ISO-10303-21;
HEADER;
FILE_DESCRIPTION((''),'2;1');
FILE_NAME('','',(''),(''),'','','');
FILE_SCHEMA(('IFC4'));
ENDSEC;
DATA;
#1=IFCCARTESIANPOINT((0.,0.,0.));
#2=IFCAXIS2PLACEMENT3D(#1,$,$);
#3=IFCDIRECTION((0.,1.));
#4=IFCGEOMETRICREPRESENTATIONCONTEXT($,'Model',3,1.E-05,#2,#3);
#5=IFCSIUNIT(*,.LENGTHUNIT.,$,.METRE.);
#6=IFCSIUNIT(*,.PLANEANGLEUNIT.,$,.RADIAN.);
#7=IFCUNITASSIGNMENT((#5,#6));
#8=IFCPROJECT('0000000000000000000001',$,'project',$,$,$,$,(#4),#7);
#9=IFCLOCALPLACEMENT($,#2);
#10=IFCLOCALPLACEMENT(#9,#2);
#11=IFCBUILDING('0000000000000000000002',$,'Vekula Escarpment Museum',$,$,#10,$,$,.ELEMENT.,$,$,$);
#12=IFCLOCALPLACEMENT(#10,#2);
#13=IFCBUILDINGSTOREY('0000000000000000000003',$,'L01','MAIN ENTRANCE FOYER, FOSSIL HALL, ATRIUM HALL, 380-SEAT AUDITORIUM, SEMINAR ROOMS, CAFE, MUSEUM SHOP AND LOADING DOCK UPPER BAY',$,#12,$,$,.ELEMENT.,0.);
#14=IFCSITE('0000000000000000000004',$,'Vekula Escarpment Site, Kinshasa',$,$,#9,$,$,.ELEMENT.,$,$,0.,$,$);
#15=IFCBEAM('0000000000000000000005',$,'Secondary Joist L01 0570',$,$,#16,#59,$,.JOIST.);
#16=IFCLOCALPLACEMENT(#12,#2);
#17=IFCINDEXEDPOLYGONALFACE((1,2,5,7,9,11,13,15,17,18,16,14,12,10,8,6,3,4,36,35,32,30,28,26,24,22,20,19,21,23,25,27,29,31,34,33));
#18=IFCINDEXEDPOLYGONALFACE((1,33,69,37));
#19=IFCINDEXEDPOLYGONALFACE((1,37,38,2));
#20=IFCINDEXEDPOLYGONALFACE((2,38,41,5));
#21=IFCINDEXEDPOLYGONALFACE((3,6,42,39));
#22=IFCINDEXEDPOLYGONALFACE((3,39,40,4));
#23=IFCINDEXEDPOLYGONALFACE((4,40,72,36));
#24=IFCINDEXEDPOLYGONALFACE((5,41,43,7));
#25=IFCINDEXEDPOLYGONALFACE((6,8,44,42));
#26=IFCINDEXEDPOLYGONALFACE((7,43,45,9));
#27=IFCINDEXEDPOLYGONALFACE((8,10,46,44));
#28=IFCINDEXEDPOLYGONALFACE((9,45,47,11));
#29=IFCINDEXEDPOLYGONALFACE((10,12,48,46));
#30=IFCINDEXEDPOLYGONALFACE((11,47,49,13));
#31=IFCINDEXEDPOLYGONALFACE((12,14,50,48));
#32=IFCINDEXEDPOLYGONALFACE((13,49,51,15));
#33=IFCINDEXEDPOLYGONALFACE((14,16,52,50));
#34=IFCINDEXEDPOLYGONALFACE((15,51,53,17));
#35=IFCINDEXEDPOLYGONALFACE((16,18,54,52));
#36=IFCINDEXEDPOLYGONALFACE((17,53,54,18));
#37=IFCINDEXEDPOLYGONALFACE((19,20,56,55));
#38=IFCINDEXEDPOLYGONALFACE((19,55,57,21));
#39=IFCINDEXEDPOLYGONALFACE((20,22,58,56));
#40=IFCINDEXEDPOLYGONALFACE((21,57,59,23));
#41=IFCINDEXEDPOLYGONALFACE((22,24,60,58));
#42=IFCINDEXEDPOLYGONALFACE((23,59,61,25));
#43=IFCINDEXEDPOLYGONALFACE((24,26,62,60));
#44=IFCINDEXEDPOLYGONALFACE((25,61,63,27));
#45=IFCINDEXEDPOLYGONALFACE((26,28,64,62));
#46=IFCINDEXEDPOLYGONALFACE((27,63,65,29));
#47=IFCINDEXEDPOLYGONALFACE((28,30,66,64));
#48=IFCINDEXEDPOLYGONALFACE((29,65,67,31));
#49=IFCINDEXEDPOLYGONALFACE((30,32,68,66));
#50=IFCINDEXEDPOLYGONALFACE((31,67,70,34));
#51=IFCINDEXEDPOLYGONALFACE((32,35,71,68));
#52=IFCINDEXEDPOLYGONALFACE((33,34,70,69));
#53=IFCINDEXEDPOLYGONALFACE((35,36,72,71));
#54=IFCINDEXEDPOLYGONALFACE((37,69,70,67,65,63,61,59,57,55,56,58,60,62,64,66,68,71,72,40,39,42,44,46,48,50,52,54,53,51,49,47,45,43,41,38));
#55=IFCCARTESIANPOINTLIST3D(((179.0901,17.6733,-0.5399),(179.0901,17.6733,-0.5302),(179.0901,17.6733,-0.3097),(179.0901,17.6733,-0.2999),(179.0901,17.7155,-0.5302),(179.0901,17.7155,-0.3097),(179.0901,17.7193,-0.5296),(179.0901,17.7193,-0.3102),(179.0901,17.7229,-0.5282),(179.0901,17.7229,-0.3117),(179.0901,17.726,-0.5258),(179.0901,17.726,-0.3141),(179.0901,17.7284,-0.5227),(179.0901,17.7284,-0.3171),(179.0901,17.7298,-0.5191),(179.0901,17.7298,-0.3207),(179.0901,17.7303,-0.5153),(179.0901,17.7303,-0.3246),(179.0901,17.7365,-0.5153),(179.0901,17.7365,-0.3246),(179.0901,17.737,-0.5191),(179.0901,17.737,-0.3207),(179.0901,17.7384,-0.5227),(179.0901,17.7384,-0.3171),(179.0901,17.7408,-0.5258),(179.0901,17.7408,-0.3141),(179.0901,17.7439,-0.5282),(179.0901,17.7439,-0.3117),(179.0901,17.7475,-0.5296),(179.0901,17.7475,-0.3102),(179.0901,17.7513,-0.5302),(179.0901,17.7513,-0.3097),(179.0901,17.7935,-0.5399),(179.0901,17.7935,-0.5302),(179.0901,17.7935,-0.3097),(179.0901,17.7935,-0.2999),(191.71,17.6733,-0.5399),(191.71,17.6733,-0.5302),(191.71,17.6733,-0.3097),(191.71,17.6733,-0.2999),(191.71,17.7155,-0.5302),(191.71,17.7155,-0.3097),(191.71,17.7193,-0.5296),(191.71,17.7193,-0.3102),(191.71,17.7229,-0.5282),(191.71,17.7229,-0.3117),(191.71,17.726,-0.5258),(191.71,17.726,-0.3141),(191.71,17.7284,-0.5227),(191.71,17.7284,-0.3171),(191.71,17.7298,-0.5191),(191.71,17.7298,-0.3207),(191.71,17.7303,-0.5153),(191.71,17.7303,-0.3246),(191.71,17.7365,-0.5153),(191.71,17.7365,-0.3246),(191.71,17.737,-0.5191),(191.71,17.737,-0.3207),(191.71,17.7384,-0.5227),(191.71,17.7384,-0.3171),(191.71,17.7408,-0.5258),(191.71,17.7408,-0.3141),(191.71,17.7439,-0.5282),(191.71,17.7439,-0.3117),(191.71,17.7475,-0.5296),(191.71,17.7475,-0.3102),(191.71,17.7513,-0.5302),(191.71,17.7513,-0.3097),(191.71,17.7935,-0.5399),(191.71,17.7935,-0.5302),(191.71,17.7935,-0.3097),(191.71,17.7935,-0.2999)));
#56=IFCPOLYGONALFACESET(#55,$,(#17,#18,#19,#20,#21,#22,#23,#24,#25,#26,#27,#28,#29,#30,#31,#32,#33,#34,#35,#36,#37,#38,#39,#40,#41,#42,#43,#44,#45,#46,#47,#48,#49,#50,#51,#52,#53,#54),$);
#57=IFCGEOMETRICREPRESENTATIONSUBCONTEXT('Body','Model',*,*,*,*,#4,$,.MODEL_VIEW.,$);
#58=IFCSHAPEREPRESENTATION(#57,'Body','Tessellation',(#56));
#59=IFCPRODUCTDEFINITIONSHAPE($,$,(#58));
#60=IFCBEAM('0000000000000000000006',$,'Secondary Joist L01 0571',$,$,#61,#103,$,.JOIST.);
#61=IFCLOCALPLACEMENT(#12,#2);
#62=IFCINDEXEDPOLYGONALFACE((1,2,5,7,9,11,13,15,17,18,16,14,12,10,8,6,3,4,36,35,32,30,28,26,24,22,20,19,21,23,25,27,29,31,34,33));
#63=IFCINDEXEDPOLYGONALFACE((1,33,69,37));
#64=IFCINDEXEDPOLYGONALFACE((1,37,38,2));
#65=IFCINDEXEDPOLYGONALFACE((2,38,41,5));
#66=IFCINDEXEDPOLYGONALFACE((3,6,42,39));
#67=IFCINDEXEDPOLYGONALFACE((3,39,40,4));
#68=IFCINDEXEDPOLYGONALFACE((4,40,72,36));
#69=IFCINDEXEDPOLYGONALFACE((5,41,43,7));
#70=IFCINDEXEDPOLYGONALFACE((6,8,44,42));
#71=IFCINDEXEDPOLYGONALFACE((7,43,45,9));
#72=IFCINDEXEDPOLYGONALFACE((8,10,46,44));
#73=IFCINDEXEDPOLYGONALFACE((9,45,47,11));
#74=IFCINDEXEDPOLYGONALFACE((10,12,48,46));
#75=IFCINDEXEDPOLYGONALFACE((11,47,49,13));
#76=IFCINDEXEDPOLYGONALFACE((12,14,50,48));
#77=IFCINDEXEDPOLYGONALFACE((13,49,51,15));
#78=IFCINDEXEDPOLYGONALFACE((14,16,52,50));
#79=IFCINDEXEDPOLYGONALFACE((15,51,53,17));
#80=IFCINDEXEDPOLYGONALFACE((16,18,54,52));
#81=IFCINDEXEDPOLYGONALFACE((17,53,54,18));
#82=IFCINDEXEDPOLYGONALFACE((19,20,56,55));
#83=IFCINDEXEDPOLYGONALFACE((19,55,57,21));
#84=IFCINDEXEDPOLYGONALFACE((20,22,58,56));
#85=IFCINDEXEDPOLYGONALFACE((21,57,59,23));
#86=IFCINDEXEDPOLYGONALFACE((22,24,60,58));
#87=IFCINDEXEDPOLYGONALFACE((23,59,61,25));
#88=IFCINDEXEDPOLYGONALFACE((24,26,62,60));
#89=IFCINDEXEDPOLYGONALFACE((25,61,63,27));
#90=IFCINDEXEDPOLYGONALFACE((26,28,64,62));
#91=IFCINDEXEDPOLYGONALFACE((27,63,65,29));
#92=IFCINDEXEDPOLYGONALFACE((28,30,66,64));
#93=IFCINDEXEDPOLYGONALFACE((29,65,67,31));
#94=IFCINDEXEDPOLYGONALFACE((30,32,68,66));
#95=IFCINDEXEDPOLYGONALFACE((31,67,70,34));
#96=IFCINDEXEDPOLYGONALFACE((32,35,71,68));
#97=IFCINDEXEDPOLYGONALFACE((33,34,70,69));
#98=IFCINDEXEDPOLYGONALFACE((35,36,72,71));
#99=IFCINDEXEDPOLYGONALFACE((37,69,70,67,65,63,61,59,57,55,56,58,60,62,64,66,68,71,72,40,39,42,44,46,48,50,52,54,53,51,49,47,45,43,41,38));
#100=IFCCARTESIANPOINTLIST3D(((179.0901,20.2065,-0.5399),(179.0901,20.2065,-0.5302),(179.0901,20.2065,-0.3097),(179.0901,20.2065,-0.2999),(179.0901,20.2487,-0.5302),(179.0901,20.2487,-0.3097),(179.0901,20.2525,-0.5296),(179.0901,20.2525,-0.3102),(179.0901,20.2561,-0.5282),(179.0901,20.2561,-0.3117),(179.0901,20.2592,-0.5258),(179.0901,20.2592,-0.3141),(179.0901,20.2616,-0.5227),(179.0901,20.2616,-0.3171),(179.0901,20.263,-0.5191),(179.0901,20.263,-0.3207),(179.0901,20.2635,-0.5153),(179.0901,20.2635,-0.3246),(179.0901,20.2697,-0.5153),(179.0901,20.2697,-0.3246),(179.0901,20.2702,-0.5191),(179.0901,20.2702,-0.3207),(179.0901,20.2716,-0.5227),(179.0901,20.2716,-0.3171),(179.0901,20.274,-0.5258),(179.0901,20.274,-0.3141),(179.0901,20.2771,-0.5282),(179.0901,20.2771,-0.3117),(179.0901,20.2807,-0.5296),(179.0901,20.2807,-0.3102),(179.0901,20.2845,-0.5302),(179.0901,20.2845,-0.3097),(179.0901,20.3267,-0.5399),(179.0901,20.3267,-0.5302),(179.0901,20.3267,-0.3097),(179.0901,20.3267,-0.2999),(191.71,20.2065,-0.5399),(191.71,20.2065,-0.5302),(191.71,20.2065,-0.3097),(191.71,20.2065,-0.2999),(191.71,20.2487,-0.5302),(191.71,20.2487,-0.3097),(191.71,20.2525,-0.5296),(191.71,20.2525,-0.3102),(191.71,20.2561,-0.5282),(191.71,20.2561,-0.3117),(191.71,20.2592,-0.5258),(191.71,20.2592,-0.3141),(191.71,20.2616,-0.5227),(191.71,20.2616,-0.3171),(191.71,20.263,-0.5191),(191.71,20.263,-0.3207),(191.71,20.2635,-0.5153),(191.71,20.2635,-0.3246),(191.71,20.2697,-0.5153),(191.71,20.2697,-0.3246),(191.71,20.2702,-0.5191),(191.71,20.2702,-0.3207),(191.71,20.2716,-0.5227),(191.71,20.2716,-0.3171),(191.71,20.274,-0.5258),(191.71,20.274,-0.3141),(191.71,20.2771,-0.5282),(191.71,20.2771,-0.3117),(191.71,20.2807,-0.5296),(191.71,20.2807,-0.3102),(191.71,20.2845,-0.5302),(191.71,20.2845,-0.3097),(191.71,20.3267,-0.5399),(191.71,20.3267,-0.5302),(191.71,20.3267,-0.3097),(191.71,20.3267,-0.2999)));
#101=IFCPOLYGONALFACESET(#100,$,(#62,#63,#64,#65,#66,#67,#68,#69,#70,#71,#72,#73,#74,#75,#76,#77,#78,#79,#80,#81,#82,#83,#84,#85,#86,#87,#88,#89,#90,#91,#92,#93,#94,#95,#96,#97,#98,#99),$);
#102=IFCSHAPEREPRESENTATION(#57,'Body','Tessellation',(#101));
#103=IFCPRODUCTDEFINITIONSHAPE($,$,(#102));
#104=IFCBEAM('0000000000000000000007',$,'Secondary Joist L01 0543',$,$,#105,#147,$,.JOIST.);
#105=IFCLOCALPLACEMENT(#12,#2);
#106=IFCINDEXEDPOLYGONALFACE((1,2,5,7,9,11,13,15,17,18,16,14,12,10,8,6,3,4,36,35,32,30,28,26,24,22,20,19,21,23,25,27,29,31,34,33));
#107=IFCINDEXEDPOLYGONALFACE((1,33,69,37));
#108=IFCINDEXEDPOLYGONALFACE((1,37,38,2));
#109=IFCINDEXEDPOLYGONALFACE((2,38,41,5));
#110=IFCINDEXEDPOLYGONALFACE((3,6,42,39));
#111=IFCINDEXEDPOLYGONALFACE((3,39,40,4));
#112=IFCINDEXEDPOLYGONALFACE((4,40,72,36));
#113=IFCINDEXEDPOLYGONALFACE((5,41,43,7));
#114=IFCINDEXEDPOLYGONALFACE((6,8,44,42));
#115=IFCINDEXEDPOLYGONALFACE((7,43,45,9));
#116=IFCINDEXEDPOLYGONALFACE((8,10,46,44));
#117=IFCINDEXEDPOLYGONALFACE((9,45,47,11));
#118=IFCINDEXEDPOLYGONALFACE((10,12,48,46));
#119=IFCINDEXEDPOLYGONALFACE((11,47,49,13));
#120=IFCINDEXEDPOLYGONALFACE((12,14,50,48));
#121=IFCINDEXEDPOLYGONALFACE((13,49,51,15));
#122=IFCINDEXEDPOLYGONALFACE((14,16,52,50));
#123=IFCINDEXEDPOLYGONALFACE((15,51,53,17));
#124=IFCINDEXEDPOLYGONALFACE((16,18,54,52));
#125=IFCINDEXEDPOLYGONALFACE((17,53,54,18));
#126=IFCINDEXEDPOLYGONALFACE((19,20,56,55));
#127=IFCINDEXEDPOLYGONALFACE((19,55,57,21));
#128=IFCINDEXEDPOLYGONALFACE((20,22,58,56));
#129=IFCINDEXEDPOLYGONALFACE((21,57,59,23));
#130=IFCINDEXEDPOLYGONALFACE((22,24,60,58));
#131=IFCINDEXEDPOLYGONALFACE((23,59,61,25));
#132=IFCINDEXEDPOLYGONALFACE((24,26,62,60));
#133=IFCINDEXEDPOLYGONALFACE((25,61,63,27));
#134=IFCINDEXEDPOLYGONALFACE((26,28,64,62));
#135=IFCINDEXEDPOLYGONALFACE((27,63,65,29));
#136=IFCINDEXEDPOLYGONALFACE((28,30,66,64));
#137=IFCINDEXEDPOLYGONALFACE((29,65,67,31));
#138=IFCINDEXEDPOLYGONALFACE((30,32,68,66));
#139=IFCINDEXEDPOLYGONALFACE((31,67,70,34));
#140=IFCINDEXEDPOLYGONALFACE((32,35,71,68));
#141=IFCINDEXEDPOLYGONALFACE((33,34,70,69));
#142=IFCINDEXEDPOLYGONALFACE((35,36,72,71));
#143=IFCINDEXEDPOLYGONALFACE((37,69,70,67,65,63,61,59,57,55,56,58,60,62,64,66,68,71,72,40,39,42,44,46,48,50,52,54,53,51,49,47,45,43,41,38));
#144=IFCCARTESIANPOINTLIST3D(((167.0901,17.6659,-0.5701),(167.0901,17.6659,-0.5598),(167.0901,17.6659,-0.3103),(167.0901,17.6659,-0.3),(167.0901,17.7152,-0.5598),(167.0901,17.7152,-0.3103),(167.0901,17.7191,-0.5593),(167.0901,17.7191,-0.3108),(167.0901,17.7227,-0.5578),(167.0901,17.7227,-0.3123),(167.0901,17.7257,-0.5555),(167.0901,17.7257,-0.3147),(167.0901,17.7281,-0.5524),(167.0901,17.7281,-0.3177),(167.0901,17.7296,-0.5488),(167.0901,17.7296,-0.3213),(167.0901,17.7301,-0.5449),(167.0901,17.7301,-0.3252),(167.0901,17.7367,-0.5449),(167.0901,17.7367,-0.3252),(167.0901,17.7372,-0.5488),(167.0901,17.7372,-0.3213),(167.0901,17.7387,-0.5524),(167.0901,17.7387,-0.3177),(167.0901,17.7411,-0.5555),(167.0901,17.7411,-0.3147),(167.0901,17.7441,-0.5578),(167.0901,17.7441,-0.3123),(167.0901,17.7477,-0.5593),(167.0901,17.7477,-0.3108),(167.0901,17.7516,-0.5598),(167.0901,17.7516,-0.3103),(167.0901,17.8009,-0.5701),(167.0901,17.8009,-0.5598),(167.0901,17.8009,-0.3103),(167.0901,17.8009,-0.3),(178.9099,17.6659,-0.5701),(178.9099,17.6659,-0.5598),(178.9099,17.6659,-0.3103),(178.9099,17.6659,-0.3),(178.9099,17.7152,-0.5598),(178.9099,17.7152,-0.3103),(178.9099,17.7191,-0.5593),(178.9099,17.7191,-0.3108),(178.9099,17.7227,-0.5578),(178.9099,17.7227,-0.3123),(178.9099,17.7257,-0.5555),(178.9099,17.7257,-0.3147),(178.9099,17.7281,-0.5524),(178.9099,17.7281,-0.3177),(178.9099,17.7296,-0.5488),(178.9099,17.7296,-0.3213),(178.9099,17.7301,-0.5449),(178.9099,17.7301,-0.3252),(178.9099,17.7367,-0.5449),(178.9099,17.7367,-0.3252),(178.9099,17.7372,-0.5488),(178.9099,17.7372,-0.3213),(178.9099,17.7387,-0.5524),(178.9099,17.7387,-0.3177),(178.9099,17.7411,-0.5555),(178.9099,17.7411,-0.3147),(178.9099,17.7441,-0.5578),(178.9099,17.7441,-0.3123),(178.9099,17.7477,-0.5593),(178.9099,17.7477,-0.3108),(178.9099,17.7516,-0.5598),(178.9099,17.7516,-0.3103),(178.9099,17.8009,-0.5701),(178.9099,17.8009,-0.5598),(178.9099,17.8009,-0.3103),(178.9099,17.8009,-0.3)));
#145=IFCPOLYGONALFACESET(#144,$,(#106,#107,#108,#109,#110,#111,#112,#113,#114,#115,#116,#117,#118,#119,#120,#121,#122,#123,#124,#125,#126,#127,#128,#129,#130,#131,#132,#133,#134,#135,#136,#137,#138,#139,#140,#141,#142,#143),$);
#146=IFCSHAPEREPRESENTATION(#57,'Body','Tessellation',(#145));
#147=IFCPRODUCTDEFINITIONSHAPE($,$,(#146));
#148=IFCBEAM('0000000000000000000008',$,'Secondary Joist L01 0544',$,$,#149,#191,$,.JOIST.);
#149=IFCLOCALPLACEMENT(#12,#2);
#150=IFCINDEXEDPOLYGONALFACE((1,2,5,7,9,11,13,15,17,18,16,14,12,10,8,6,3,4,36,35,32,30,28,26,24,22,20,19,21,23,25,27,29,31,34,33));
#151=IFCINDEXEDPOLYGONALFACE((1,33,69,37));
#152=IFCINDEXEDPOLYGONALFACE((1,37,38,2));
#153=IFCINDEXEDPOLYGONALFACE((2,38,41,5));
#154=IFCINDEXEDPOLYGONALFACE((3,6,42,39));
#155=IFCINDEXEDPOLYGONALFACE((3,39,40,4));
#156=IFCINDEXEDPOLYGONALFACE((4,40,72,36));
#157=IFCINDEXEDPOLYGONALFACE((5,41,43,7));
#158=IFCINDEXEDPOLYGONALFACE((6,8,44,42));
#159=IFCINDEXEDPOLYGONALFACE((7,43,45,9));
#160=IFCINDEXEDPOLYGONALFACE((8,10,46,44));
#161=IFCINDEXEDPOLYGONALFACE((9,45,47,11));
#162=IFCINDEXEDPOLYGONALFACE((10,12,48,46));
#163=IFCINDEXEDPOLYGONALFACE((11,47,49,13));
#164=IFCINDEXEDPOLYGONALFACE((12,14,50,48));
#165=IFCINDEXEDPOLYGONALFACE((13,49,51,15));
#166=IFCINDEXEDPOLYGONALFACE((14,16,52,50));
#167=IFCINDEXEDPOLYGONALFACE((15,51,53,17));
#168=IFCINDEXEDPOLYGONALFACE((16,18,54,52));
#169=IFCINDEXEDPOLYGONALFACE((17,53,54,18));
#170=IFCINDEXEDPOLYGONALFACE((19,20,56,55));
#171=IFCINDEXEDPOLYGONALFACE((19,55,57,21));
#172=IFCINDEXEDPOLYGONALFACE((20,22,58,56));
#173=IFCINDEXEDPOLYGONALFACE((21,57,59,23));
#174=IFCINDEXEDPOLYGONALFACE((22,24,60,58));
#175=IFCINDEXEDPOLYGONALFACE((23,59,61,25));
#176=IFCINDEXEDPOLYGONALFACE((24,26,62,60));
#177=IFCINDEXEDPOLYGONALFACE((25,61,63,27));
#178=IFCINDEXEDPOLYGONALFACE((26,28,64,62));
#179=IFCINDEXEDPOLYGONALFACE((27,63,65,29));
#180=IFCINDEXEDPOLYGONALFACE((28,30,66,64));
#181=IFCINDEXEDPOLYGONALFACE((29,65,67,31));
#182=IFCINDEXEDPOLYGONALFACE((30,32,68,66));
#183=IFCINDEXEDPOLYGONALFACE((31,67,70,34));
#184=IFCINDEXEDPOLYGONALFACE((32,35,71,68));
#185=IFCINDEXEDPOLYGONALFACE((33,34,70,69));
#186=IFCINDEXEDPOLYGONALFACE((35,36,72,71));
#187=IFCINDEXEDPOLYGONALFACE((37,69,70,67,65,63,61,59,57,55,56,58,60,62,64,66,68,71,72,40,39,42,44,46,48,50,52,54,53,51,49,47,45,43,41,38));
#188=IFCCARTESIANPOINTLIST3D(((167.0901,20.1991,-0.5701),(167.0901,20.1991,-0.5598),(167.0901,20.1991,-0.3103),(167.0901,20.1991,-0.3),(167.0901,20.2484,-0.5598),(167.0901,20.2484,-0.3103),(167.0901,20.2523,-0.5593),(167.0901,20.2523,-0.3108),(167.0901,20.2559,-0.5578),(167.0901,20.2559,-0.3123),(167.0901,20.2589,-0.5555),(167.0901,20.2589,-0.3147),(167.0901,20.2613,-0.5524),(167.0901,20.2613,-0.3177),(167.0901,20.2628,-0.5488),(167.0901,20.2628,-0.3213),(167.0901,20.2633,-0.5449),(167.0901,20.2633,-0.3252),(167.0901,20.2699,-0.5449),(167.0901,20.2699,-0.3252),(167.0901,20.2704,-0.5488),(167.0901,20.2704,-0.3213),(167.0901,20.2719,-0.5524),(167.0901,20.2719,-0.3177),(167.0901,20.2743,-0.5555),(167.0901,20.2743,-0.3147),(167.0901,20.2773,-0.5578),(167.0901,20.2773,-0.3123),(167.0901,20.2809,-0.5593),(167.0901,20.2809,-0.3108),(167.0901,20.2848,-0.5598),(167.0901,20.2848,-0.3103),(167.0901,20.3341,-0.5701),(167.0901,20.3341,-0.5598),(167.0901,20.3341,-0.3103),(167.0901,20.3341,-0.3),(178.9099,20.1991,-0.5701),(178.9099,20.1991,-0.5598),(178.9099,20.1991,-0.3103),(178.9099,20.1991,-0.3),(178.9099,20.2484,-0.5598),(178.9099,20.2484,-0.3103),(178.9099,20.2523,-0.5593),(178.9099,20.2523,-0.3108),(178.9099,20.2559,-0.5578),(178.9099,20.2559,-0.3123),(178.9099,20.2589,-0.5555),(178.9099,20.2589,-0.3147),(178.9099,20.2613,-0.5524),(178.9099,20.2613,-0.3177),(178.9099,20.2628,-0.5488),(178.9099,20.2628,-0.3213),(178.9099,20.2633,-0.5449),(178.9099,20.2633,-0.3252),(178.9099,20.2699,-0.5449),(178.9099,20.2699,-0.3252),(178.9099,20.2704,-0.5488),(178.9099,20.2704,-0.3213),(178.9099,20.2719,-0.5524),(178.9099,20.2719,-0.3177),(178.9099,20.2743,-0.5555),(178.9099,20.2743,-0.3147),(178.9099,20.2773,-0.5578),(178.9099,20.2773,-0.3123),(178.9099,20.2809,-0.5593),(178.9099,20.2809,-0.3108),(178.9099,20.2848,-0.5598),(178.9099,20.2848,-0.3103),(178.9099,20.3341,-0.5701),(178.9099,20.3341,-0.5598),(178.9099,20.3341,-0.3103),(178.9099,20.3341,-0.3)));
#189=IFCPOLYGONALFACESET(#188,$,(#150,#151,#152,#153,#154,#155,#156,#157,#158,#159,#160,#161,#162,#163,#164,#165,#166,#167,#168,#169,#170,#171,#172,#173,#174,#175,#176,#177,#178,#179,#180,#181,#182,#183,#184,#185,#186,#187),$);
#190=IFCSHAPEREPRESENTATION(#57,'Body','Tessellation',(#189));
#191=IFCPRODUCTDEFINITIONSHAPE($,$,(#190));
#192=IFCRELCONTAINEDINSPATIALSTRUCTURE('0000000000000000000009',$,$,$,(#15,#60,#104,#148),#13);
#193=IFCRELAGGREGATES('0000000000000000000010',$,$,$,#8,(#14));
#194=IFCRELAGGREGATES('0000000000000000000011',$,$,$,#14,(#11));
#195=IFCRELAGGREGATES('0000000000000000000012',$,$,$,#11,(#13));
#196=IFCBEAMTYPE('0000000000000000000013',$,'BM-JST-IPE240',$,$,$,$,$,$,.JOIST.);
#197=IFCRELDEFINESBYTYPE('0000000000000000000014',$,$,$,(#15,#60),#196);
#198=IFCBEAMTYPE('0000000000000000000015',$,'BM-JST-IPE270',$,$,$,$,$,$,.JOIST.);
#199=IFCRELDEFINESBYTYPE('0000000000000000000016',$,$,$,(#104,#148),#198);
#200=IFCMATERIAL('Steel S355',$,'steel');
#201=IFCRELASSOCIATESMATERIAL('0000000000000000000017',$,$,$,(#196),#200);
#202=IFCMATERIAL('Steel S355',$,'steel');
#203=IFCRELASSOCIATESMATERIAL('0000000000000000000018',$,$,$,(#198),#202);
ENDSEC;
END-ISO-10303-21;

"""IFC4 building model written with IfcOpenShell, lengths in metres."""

from ifc_helpers import new_model, si_unit, direction, frame, origin, origin_2d, place, context, subcontext, project, spatial, i_section, extrude, material, material_profile, profile_set, type_object, element, save


model = new_model("IFC4")

# Units and contexts
model_context = context("Model", 3, precision=1e-05, world=origin(), true_north=direction((0.0, 1.0)))
body_context = subcontext(model_context, "Body", "Model", "MODEL_VIEW")
ifc_project = project(units=[si_unit("LENGTHUNIT", "METRE"), si_unit("PLANEANGLEUNIT", "RADIAN")], contexts=[model_context])

# Site, building, storey
site_placement = place(None, origin())
site = spatial("IfcSite", under=ifc_project, at=site_placement, Name="Vekula Escarpment Site, Kinshasa", CompositionType="ELEMENT", RefElevation=0.0)
building_placement = place(site_placement, origin())
building = spatial("IfcBuilding", under=site, at=building_placement, Name="Vekula Escarpment Museum", CompositionType="ELEMENT")
storey_placement = place(building_placement, origin())
storey = spatial("IfcBuildingStorey", under=building, at=storey_placement, Name="L01", Description="MAIN ENTRANCE FOYER, FOSSIL HALL, ATRIUM HALL, 380-SEAT AUDITORIUM, SEMINAR ROOMS, CAFE, MUSEUM SHOP AND LOADING DOCK UPPER BAY", CompositionType="ELEMENT", Elevation=0.0)

# Beams
ifc_material_1 = material(Name="Steel S355", Category="steel")
ifc_material_profile_1 = material_profile(ifc_material_1, i_section(OverallWidth=0.1201, OverallDepth=0.24, WebThickness=0.0061, FlangeThickness=0.0098, FilletRadius=0.0149, at=origin_2d()), Name="IPE 240")
ifc_profile_set_1 = profile_set([ifc_material_profile_1], Name="Steel S355")
beam_type_1 = type_object("IfcBeamType", Name="BM-JST-IPE240", PredefinedType="JOIST", material=ifc_profile_set_1)
for number, where, z_axis, x_axis, name in (
    (1, (179.0901, 17.7334, -0.4199), (1.0, 0.0, 0.0), (0.0, 1.0, 0.0), "Secondary Joist L01 0570"),
    (2, (179.0901, 20.2666, -0.4199), (1.0, 0.0, 0.0), (0.0, 1.0, 0.0), "Secondary Joist L01 0571"),
):
    element("IfcBeam", number, at=place(storey_placement, frame(where, z_axis=z_axis, x_axis=x_axis)), inside=storey, type_object=beam_type_1, Name=name, PredefinedType="JOIST", context=body_context, shape_type="SweptSolid", body=[
        extrude(i_section(OverallWidth=0.1201, OverallDepth=0.24, WebThickness=0.0061, FlangeThickness=0.0098, FilletRadius=0.0149, at=origin_2d()), origin(), (0.0, 0.0, 1.0), 12.6199),
    ])
ifc_material_2 = material(Name="Steel S355", Category="steel")
ifc_material_profile_2 = material_profile(ifc_material_2, i_section(OverallWidth=0.135, OverallDepth=0.27, WebThickness=0.0066, FlangeThickness=0.0103, FilletRadius=0.0149, at=origin_2d()), Name="IPE 270")
ifc_profile_set_2 = profile_set([ifc_material_profile_2], Name="Steel S355")
beam_type_2 = type_object("IfcBeamType", Name="BM-JST-IPE270", PredefinedType="JOIST", material=ifc_profile_set_2)
for number, where, z_axis, x_axis, name in (
    (3, (167.0901, 17.7334, -0.4351), (1.0, 0.0, 0.0), (0.0, 1.0, 0.0), "Secondary Joist L01 0543"),
    (4, (167.0901, 20.2666, -0.4351), (1.0, 0.0, 0.0), (0.0, 1.0, 0.0), "Secondary Joist L01 0544"),
):
    element("IfcBeam", number, at=place(storey_placement, frame(where, z_axis=z_axis, x_axis=x_axis)), inside=storey, type_object=beam_type_2, Name=name, PredefinedType="JOIST", context=body_context, shape_type="SweptSolid", body=[
        extrude(i_section(OverallWidth=0.135, OverallDepth=0.27, WebThickness=0.0066, FlangeThickness=0.0103, FilletRadius=0.0149, at=origin_2d()), origin(), (0.0, 0.0, 1.0), 11.8198),
    ])

save(model, "model.ifc")
